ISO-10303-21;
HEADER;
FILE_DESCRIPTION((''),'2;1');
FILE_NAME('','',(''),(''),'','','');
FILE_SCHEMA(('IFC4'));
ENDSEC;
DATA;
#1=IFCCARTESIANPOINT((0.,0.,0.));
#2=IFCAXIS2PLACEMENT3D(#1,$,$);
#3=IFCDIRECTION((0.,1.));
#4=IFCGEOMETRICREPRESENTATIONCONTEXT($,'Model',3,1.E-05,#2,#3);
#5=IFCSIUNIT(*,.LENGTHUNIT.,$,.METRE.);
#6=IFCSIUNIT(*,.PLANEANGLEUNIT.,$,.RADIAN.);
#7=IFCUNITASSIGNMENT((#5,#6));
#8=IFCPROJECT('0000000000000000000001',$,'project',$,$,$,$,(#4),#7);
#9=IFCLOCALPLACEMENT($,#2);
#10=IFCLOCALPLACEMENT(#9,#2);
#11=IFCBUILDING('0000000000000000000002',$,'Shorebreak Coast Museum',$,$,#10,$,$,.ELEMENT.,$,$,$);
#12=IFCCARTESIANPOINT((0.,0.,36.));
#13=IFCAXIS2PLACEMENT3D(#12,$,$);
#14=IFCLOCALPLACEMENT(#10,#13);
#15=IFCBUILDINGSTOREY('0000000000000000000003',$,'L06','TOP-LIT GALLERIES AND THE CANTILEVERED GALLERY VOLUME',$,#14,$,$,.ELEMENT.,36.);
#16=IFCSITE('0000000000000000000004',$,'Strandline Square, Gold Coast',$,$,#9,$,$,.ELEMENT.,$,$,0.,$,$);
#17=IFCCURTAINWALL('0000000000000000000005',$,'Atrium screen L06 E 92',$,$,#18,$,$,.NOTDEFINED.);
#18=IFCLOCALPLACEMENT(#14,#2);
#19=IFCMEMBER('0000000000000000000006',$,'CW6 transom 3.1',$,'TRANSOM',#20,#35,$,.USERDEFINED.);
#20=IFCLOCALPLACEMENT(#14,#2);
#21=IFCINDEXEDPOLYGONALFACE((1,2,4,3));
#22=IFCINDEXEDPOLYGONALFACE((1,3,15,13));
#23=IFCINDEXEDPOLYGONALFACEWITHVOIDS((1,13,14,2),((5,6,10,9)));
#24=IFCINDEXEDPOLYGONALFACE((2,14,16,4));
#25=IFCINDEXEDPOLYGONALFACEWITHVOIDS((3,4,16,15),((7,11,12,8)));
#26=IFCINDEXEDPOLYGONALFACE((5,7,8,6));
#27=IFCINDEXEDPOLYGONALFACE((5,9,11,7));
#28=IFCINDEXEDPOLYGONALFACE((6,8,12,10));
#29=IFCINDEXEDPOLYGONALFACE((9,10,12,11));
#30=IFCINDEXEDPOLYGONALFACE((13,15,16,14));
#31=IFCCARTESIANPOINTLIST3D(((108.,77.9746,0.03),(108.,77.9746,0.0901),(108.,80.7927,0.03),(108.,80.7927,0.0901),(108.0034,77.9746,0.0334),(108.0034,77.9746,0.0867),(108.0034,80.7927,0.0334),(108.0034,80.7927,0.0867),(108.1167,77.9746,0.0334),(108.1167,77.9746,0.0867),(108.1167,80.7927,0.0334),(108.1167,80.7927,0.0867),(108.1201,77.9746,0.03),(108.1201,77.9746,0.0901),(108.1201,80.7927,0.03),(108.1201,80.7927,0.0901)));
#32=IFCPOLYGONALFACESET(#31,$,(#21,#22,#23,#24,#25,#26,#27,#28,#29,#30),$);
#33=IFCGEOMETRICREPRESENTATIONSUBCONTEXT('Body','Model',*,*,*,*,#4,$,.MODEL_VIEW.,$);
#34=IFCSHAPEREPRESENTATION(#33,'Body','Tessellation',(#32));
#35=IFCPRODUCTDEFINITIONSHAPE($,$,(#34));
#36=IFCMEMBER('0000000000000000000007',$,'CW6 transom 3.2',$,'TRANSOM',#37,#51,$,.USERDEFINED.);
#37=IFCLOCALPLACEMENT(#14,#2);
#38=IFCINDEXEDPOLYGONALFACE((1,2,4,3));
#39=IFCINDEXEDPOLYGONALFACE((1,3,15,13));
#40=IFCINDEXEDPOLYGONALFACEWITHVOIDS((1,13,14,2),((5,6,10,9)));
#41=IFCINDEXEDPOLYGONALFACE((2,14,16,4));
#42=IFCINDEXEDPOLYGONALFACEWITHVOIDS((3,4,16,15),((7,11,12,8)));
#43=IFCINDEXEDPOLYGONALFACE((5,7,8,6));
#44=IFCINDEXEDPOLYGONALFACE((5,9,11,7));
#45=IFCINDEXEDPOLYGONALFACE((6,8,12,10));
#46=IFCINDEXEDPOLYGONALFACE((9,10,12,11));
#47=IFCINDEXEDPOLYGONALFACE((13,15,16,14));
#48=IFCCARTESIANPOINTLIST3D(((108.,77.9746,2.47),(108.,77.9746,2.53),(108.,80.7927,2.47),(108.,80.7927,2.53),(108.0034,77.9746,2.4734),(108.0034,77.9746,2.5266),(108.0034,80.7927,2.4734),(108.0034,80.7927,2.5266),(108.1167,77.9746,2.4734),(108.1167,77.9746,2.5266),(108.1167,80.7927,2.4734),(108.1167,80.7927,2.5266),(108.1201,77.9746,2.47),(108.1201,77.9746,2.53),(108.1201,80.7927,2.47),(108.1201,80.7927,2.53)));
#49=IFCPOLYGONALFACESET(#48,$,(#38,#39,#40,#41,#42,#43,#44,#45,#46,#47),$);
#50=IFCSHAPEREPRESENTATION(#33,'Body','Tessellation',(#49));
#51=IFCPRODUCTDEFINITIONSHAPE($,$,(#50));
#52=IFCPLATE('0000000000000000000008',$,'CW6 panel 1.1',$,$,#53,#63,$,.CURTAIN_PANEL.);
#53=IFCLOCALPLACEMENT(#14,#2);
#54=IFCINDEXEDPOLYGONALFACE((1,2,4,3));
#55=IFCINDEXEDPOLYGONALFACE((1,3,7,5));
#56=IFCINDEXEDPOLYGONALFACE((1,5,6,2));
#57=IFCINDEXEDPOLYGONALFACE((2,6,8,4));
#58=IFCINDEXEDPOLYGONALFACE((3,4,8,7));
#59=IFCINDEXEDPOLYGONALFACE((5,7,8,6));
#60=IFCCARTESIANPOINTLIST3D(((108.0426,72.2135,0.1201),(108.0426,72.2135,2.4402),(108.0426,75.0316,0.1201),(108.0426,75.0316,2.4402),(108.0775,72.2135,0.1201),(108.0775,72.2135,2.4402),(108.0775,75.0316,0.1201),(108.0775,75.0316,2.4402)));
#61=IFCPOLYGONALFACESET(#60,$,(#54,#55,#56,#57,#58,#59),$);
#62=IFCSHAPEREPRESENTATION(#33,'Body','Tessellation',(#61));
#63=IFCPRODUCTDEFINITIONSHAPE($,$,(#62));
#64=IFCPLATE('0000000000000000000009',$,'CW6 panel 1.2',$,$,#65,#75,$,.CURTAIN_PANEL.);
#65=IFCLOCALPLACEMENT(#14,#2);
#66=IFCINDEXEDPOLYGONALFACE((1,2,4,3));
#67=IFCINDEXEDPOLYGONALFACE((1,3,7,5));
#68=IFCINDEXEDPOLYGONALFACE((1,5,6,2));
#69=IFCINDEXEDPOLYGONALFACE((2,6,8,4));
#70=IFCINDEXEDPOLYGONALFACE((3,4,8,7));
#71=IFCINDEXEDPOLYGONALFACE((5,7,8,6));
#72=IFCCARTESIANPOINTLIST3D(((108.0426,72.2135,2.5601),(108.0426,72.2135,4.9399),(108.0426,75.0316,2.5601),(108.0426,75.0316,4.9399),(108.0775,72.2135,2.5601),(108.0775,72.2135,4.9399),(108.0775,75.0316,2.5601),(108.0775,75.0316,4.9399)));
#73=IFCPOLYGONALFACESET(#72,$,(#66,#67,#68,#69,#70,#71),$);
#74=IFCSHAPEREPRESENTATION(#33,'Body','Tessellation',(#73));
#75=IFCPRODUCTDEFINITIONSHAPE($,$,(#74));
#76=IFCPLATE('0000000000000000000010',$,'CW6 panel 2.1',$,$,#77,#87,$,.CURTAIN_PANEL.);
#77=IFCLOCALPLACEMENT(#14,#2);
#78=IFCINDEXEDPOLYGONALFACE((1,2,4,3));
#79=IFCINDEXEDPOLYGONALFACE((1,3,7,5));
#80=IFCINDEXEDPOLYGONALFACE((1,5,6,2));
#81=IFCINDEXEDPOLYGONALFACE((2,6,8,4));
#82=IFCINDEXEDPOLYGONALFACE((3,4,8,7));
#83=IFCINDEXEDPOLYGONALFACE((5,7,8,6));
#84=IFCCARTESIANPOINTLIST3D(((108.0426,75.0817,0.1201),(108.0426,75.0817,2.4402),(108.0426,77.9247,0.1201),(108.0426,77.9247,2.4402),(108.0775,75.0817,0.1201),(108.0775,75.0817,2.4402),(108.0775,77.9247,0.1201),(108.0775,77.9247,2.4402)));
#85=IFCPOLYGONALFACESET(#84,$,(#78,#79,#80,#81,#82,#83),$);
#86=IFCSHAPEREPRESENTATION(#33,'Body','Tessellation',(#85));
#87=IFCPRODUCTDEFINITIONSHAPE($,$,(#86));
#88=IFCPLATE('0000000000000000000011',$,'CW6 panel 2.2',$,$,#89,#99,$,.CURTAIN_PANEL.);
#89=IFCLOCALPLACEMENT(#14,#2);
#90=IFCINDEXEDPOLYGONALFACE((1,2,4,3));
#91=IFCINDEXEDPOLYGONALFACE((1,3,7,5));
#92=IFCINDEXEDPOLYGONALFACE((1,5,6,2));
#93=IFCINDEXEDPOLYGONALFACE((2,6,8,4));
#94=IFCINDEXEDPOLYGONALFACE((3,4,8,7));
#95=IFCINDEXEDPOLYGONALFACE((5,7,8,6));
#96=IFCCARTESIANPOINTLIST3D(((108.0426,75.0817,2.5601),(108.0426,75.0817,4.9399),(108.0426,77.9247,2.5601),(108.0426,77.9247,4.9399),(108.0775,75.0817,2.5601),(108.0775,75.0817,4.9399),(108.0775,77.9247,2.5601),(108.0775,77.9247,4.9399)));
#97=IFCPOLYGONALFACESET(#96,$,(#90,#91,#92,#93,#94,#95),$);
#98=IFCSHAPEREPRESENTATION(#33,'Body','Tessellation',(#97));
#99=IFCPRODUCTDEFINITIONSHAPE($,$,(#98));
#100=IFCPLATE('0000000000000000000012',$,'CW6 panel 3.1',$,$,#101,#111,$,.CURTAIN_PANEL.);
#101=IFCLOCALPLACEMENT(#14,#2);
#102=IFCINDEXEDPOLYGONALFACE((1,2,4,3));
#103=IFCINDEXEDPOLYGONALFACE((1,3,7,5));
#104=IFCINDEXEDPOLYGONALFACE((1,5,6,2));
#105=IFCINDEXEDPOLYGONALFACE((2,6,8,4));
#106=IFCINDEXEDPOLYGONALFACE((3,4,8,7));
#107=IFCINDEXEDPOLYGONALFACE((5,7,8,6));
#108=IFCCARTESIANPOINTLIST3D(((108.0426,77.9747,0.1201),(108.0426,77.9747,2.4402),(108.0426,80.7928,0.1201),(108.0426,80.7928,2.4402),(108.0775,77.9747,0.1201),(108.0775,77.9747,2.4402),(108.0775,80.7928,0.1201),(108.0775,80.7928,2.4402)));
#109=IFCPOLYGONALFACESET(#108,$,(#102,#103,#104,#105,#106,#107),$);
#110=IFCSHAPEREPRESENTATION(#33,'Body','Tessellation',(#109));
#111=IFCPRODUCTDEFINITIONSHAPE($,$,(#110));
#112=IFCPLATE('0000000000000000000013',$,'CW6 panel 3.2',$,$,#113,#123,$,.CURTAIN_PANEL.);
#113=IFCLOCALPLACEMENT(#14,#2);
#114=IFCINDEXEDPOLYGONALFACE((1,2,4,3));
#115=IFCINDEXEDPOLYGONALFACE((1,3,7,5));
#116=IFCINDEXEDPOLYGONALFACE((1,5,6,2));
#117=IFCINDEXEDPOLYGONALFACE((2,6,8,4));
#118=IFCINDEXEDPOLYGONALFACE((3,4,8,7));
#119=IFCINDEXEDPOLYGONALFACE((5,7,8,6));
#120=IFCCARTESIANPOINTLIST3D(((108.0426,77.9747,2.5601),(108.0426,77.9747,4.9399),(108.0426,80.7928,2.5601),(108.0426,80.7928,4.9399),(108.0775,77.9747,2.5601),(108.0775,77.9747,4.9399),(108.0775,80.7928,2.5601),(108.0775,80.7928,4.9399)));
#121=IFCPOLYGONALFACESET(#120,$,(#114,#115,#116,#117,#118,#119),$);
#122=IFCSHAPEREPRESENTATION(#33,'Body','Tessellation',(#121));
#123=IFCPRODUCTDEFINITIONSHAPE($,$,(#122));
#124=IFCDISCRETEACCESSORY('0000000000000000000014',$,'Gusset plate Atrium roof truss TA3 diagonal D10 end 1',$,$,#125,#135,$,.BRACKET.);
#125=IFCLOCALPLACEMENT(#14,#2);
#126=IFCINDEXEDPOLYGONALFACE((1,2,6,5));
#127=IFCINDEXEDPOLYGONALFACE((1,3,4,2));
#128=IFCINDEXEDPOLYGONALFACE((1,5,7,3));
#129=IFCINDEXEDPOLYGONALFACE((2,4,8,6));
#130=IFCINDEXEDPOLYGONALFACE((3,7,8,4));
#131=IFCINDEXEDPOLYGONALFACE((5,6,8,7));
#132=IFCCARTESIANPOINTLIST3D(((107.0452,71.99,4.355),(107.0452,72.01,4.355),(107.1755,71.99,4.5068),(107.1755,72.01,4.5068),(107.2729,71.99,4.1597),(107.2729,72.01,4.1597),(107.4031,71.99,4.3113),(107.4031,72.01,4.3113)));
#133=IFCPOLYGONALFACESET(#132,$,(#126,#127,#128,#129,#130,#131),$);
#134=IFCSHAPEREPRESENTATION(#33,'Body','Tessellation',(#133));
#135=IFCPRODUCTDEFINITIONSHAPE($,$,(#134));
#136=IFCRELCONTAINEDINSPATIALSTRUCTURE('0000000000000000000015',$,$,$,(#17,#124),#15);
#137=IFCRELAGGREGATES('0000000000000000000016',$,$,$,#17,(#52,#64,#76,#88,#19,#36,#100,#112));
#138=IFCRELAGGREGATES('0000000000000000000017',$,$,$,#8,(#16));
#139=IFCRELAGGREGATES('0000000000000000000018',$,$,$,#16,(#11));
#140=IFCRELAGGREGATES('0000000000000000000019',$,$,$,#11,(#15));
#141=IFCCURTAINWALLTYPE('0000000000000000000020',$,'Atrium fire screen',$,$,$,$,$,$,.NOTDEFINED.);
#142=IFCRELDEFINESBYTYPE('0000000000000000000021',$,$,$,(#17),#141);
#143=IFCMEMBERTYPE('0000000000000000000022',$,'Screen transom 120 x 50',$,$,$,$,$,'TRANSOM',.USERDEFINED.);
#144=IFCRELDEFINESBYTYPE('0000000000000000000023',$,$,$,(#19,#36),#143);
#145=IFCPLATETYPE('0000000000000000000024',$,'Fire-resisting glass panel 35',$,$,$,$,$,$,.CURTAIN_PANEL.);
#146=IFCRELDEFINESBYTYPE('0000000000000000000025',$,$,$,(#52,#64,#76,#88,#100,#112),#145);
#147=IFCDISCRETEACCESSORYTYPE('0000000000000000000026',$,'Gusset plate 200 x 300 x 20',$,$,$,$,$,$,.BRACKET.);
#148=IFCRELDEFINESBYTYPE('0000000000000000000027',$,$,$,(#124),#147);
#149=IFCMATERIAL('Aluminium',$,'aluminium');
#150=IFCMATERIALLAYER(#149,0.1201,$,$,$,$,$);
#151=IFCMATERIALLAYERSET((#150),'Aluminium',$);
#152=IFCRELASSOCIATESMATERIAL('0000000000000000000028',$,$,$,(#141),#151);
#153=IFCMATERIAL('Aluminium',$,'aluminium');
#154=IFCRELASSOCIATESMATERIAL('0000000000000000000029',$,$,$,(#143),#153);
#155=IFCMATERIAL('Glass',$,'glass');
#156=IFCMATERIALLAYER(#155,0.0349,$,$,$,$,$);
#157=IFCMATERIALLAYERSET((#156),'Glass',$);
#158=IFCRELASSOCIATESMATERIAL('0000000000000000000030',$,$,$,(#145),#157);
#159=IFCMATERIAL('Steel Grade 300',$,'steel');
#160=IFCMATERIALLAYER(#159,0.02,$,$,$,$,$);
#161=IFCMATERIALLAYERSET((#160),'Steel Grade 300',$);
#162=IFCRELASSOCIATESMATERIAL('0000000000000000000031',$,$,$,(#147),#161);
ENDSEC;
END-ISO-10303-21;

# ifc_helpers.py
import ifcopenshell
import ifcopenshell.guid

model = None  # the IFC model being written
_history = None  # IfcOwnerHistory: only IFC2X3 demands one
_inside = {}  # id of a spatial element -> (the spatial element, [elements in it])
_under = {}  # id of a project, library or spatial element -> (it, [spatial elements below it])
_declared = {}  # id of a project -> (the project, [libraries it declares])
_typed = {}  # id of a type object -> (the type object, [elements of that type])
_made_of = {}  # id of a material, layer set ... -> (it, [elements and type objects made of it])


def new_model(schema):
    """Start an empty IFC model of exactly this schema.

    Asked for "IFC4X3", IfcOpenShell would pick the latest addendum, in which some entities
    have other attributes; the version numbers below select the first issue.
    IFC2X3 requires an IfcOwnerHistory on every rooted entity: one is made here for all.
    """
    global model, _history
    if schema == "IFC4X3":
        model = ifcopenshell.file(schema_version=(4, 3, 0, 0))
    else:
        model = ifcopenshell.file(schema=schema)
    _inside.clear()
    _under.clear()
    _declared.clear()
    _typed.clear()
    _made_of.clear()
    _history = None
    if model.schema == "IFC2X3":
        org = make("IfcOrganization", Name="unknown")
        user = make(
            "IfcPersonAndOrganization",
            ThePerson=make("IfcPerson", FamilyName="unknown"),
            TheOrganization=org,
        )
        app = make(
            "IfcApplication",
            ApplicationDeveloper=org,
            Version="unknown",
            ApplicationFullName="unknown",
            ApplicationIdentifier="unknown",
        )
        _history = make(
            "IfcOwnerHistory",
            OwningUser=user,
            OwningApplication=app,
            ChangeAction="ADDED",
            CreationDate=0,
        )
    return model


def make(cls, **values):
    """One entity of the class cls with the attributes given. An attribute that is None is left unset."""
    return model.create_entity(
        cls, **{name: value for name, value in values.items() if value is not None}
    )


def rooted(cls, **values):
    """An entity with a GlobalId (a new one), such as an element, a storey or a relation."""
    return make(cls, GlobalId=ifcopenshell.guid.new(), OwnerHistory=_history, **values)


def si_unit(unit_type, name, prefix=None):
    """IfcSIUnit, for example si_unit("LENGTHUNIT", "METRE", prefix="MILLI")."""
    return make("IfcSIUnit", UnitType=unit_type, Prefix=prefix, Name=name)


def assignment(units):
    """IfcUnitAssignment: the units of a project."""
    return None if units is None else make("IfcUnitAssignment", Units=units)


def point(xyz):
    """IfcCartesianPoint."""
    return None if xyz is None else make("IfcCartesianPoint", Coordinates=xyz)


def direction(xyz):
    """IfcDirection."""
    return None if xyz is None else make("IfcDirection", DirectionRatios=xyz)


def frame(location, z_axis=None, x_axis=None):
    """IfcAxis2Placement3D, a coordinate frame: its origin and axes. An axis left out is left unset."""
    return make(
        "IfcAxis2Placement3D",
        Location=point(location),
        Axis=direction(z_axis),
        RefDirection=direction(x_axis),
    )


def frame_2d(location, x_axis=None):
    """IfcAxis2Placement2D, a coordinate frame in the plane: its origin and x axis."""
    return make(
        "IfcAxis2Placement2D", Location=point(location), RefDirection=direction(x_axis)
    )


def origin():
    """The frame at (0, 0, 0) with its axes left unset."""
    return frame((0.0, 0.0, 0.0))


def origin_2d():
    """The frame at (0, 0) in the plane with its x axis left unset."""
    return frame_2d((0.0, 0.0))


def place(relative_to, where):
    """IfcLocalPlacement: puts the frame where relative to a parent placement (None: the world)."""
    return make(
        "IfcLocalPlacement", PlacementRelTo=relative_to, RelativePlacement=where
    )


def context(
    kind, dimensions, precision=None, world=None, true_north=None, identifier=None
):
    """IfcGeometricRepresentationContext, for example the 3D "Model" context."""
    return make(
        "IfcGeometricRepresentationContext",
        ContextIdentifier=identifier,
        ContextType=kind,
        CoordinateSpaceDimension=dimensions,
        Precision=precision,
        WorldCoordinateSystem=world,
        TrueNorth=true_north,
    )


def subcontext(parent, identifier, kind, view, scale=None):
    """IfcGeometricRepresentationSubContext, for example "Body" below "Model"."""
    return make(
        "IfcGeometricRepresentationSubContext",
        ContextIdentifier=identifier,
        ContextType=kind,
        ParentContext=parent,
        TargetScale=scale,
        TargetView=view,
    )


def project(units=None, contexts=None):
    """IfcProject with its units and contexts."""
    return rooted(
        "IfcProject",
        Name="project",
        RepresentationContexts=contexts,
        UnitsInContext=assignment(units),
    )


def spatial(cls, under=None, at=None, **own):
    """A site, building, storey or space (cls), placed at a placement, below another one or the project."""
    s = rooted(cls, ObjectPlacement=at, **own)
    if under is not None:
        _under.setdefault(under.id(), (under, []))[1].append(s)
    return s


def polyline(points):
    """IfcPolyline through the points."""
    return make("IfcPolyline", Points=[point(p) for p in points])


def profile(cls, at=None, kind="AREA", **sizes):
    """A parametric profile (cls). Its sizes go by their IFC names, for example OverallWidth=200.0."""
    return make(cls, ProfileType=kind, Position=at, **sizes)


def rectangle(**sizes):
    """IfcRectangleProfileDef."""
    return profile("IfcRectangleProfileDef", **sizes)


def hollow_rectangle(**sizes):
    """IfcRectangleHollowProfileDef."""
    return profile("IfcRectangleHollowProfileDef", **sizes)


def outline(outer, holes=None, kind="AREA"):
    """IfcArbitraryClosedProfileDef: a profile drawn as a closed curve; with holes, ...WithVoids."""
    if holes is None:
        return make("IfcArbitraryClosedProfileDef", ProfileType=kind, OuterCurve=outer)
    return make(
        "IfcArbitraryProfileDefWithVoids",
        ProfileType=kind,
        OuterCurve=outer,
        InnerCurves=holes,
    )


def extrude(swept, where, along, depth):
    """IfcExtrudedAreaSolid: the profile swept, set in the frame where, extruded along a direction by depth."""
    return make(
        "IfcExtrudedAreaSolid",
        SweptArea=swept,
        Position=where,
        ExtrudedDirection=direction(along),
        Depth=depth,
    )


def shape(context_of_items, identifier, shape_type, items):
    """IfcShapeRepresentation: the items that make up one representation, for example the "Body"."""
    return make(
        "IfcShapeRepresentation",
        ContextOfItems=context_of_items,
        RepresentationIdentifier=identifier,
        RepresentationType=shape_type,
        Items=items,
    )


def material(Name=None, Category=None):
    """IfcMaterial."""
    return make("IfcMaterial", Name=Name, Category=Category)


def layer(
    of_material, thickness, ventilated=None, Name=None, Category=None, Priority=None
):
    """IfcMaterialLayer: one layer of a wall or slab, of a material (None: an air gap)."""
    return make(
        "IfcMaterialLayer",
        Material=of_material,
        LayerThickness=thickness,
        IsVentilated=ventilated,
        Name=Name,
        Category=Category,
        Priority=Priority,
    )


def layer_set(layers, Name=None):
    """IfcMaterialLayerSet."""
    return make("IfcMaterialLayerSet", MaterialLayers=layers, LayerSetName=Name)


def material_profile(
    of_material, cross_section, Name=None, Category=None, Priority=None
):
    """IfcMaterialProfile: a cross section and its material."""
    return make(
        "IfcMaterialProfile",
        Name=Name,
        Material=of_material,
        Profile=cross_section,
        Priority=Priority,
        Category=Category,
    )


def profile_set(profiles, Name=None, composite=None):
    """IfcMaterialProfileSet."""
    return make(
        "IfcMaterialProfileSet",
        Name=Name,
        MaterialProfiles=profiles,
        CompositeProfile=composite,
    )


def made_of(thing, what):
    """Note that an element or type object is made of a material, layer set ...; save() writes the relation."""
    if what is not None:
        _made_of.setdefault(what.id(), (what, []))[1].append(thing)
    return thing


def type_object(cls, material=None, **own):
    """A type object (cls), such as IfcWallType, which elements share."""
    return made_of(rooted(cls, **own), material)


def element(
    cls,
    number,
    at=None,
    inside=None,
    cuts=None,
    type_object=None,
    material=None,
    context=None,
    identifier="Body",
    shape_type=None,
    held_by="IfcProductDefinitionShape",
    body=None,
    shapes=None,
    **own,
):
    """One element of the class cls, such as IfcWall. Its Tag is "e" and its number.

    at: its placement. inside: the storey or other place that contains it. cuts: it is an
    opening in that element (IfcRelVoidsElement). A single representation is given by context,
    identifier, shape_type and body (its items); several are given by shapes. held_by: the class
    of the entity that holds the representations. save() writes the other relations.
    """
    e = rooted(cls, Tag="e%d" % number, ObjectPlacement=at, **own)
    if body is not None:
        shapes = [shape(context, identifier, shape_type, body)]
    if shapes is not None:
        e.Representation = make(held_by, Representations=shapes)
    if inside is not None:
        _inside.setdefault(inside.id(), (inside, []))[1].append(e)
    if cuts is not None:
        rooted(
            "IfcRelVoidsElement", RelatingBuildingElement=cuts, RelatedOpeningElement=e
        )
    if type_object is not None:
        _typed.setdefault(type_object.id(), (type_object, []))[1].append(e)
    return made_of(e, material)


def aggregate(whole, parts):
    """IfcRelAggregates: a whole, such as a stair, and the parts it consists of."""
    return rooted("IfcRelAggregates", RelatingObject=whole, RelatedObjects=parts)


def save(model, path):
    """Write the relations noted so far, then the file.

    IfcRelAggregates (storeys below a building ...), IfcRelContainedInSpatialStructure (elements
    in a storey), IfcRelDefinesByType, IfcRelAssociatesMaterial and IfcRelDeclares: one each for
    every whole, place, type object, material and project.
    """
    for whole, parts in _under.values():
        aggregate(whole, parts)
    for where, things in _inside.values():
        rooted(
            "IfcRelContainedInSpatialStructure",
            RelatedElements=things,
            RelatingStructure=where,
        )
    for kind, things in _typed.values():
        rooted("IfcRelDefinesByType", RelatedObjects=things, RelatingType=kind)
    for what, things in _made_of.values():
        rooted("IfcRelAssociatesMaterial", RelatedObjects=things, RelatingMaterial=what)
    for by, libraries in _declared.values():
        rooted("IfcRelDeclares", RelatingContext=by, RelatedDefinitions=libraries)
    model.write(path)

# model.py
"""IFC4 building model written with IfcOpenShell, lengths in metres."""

from ifc_helpers import new_model, si_unit, direction, frame, origin, origin_2d, place, context, subcontext, project, spatial, polyline, rectangle, hollow_rectangle, outline, extrude, material, layer, layer_set, material_profile, profile_set, type_object, element, aggregate, save


model = new_model("IFC4")

# Units and contexts
model_context = context("Model", 3, precision=1e-05, world=origin(), true_north=direction((0.0, 1.0)))
body_context = subcontext(model_context, "Body", "Model", "MODEL_VIEW")
ifc_project = project(units=[si_unit("LENGTHUNIT", "METRE"), si_unit("PLANEANGLEUNIT", "RADIAN")], contexts=[model_context])

# Site, building, storey
site_placement = place(None, origin())
site = spatial("IfcSite", under=ifc_project, at=site_placement, Name="Strandline Square, Gold Coast", CompositionType="ELEMENT", RefElevation=0.0)
building_placement = place(site_placement, origin())
building = spatial("IfcBuilding", under=site, at=building_placement, Name="Shorebreak Coast Museum", CompositionType="ELEMENT")
storey_placement = place(building_placement, frame((0.0, 0.0, 36.0)))
storey = spatial("IfcBuildingStorey", under=building, at=storey_placement, Name="L06", Description="TOP-LIT GALLERIES AND THE CANTILEVERED GALLERY VOLUME", CompositionType="ELEMENT", Elevation=36.0)

# Curtain wall, members, plates
ifc_material_1 = material(Name="Aluminium", Category="aluminium")
ifc_layer_1 = layer(ifc_material_1, 0.1201)
ifc_layer_set_1 = layer_set([ifc_layer_1], Name="Aluminium")
curtain_wall_type = type_object("IfcCurtainWallType", Name="Atrium fire screen", PredefinedType="NOTDEFINED", material=ifc_layer_set_1)
curtain_wall_placement = place(storey_placement, origin())
curtain_wall = element("IfcCurtainWall", 1, at=curtain_wall_placement, inside=storey, type_object=curtain_wall_type, Name="Atrium screen L06 E 92", PredefinedType="NOTDEFINED")
ifc_material_2 = material(Name="Aluminium", Category="aluminium")
ifc_material_profile_1 = material_profile(ifc_material_2, hollow_rectangle(XDim=0.1201, YDim=0.0601, WallThickness=0.0034, at=origin_2d()), Name="AL 60x120 RHS")
ifc_profile_set_1 = profile_set([ifc_material_profile_1], Name="Aluminium")
member_type_1 = type_object("IfcMemberType", Name="Screen transom 120 x 50", ElementType="TRANSOM", PredefinedType="USERDEFINED", material=ifc_profile_set_1)
member_1_placement = place(storey_placement, frame((108.0601, 77.9746, 0.0601), z_axis=(0.0, 1.0, 0.0), x_axis=(-1.0, 0.0, 0.0)))
member_1 = element("IfcMember", 2, at=member_1_placement, type_object=member_type_1, Name="CW6 transom 3.1", ObjectType="TRANSOM", PredefinedType="USERDEFINED", context=body_context, shape_type="SweptSolid", body=[
    extrude(hollow_rectangle(XDim=0.1201, YDim=0.0601, WallThickness=0.0034, at=origin_2d()), origin(), (0.0, 0.0, 1.0), 2.8181),
])
member_2_placement = place(storey_placement, frame((108.0601, 77.9746, 2.5), z_axis=(0.0, 1.0, 0.0), x_axis=(-1.0, 0.0, 0.0)))
member_2 = element("IfcMember", 3, at=member_2_placement, type_object=member_type_1, Name="CW6 transom 3.2", ObjectType="TRANSOM", PredefinedType="USERDEFINED", context=body_context, shape_type="SweptSolid", body=[
    extrude(hollow_rectangle(XDim=0.1201, YDim=0.0601, WallThickness=0.0034, at=origin_2d()), origin(), (0.0, 0.0, 1.0), 2.8181),
])
ifc_material_3 = material(Name="Glass", Category="glass")
ifc_layer_2 = layer(ifc_material_3, 0.0349)
ifc_layer_set_2 = layer_set([ifc_layer_2], Name="Glass")
plate_type = type_object("IfcPlateType", Name="Fire-resisting glass panel 35", PredefinedType="CURTAIN_PANEL", material=ifc_layer_set_2)
plate_1_placement = place(storey_placement, frame((108.0601, 73.6226, 0.1201), z_axis=(0.0, 0.0, 1.0), x_axis=(0.0, 1.0, 0.0)))
plate_1 = element("IfcPlate", 4, at=plate_1_placement, type_object=plate_type, Name="CW6 panel 1.1", PredefinedType="CURTAIN_PANEL", context=body_context, shape_type="SweptSolid", body=[
    extrude(rectangle(XDim=2.8181, YDim=0.0349, at=origin_2d()), origin(), (0.0, 0.0, 1.0), 2.3201),
])
plate_2_placement = place(storey_placement, frame((108.0601, 73.6226, 2.5601), z_axis=(0.0, 0.0, 1.0), x_axis=(0.0, 1.0, 0.0)))
plate_2 = element("IfcPlate", 5, at=plate_2_placement, type_object=plate_type, Name="CW6 panel 1.2", PredefinedType="CURTAIN_PANEL", context=body_context, shape_type="SweptSolid", body=[
    extrude(rectangle(XDim=2.8181, YDim=0.0349, at=origin_2d()), origin(), (0.0, 0.0, 1.0), 2.3799),
])
plate_3_placement = place(storey_placement, frame((108.0601, 76.5032, 0.1201), z_axis=(0.0, 0.0, 1.0), x_axis=(0.0, 1.0, 0.0)))
plate_3 = element("IfcPlate", 6, at=plate_3_placement, type_object=plate_type, Name="CW6 panel 2.1", PredefinedType="CURTAIN_PANEL", context=body_context, shape_type="SweptSolid", body=[
    extrude(rectangle(XDim=2.843, YDim=0.0349, at=origin_2d()), origin(), (0.0, 0.0, 1.0), 2.3201),
])
plate_4_placement = place(storey_placement, frame((108.0601, 76.5032, 2.5601), z_axis=(0.0, 0.0, 1.0), x_axis=(0.0, 1.0, 0.0)))
plate_4 = element("IfcPlate", 7, at=plate_4_placement, type_object=plate_type, Name="CW6 panel 2.2", PredefinedType="CURTAIN_PANEL", context=body_context, shape_type="SweptSolid", body=[
    extrude(rectangle(XDim=2.843, YDim=0.0349, at=origin_2d()), origin(), (0.0, 0.0, 1.0), 2.3799),
])
plate_5_placement = place(storey_placement, frame((108.0601, 79.3838, 0.1201), z_axis=(0.0, 0.0, 1.0), x_axis=(0.0, 1.0, 0.0)))
plate_5 = element("IfcPlate", 8, at=plate_5_placement, type_object=plate_type, Name="CW6 panel 3.1", PredefinedType="CURTAIN_PANEL", context=body_context, shape_type="SweptSolid", body=[
    extrude(rectangle(XDim=2.8181, YDim=0.0349, at=origin_2d()), origin(), (0.0, 0.0, 1.0), 2.3201),
])
plate_6_placement = place(storey_placement, frame((108.0601, 79.3838, 2.5601), z_axis=(0.0, 0.0, 1.0), x_axis=(0.0, 1.0, 0.0)))
plate_6 = element("IfcPlate", 9, at=plate_6_placement, type_object=plate_type, Name="CW6 panel 3.2", PredefinedType="CURTAIN_PANEL", context=body_context, shape_type="SweptSolid", body=[
    extrude(rectangle(XDim=2.8181, YDim=0.0349, at=origin_2d()), origin(), (0.0, 0.0, 1.0), 2.3799),
])
aggregate(curtain_wall, [plate_1, plate_2, plate_3, plate_4, member_1, member_2, plate_5, plate_6])

# Discrete accessory
ifc_material_4 = material(Name="Steel Grade 300", Category="steel")
ifc_layer_3 = layer(ifc_material_4, 0.02)
ifc_layer_set_3 = layer_set([ifc_layer_3], Name="Steel Grade 300")
discrete_accessory_type = type_object("IfcDiscreteAccessoryType", Name="Gusset plate 200 x 300 x 20", PredefinedType="BRACKET", material=ifc_layer_set_3)
discrete_accessory_placement = place(storey_placement, frame((107.2729, 71.99, 4.1597), z_axis=(0.0, -1.0, 0.0), x_axis=(0.651294, 0.0, 0.758825)))
element("IfcDiscreteAccessory", 10, at=discrete_accessory_placement, inside=storey, type_object=discrete_accessory_type, Name="Gusset plate Atrium roof truss TA3 diagonal D10 end 1", PredefinedType="BRACKET", context=body_context, shape_type="SweptSolid", body=[
    extrude(outline(polyline([(0.0, 0.0), (0.1998, 0.0), (0.2, 0.3), (-0.0001, 0.3001), (0.0, 0.0)])), origin(), (0.0, 0.0, -1.0), 0.02),
])

save(model, "model.ifc")
